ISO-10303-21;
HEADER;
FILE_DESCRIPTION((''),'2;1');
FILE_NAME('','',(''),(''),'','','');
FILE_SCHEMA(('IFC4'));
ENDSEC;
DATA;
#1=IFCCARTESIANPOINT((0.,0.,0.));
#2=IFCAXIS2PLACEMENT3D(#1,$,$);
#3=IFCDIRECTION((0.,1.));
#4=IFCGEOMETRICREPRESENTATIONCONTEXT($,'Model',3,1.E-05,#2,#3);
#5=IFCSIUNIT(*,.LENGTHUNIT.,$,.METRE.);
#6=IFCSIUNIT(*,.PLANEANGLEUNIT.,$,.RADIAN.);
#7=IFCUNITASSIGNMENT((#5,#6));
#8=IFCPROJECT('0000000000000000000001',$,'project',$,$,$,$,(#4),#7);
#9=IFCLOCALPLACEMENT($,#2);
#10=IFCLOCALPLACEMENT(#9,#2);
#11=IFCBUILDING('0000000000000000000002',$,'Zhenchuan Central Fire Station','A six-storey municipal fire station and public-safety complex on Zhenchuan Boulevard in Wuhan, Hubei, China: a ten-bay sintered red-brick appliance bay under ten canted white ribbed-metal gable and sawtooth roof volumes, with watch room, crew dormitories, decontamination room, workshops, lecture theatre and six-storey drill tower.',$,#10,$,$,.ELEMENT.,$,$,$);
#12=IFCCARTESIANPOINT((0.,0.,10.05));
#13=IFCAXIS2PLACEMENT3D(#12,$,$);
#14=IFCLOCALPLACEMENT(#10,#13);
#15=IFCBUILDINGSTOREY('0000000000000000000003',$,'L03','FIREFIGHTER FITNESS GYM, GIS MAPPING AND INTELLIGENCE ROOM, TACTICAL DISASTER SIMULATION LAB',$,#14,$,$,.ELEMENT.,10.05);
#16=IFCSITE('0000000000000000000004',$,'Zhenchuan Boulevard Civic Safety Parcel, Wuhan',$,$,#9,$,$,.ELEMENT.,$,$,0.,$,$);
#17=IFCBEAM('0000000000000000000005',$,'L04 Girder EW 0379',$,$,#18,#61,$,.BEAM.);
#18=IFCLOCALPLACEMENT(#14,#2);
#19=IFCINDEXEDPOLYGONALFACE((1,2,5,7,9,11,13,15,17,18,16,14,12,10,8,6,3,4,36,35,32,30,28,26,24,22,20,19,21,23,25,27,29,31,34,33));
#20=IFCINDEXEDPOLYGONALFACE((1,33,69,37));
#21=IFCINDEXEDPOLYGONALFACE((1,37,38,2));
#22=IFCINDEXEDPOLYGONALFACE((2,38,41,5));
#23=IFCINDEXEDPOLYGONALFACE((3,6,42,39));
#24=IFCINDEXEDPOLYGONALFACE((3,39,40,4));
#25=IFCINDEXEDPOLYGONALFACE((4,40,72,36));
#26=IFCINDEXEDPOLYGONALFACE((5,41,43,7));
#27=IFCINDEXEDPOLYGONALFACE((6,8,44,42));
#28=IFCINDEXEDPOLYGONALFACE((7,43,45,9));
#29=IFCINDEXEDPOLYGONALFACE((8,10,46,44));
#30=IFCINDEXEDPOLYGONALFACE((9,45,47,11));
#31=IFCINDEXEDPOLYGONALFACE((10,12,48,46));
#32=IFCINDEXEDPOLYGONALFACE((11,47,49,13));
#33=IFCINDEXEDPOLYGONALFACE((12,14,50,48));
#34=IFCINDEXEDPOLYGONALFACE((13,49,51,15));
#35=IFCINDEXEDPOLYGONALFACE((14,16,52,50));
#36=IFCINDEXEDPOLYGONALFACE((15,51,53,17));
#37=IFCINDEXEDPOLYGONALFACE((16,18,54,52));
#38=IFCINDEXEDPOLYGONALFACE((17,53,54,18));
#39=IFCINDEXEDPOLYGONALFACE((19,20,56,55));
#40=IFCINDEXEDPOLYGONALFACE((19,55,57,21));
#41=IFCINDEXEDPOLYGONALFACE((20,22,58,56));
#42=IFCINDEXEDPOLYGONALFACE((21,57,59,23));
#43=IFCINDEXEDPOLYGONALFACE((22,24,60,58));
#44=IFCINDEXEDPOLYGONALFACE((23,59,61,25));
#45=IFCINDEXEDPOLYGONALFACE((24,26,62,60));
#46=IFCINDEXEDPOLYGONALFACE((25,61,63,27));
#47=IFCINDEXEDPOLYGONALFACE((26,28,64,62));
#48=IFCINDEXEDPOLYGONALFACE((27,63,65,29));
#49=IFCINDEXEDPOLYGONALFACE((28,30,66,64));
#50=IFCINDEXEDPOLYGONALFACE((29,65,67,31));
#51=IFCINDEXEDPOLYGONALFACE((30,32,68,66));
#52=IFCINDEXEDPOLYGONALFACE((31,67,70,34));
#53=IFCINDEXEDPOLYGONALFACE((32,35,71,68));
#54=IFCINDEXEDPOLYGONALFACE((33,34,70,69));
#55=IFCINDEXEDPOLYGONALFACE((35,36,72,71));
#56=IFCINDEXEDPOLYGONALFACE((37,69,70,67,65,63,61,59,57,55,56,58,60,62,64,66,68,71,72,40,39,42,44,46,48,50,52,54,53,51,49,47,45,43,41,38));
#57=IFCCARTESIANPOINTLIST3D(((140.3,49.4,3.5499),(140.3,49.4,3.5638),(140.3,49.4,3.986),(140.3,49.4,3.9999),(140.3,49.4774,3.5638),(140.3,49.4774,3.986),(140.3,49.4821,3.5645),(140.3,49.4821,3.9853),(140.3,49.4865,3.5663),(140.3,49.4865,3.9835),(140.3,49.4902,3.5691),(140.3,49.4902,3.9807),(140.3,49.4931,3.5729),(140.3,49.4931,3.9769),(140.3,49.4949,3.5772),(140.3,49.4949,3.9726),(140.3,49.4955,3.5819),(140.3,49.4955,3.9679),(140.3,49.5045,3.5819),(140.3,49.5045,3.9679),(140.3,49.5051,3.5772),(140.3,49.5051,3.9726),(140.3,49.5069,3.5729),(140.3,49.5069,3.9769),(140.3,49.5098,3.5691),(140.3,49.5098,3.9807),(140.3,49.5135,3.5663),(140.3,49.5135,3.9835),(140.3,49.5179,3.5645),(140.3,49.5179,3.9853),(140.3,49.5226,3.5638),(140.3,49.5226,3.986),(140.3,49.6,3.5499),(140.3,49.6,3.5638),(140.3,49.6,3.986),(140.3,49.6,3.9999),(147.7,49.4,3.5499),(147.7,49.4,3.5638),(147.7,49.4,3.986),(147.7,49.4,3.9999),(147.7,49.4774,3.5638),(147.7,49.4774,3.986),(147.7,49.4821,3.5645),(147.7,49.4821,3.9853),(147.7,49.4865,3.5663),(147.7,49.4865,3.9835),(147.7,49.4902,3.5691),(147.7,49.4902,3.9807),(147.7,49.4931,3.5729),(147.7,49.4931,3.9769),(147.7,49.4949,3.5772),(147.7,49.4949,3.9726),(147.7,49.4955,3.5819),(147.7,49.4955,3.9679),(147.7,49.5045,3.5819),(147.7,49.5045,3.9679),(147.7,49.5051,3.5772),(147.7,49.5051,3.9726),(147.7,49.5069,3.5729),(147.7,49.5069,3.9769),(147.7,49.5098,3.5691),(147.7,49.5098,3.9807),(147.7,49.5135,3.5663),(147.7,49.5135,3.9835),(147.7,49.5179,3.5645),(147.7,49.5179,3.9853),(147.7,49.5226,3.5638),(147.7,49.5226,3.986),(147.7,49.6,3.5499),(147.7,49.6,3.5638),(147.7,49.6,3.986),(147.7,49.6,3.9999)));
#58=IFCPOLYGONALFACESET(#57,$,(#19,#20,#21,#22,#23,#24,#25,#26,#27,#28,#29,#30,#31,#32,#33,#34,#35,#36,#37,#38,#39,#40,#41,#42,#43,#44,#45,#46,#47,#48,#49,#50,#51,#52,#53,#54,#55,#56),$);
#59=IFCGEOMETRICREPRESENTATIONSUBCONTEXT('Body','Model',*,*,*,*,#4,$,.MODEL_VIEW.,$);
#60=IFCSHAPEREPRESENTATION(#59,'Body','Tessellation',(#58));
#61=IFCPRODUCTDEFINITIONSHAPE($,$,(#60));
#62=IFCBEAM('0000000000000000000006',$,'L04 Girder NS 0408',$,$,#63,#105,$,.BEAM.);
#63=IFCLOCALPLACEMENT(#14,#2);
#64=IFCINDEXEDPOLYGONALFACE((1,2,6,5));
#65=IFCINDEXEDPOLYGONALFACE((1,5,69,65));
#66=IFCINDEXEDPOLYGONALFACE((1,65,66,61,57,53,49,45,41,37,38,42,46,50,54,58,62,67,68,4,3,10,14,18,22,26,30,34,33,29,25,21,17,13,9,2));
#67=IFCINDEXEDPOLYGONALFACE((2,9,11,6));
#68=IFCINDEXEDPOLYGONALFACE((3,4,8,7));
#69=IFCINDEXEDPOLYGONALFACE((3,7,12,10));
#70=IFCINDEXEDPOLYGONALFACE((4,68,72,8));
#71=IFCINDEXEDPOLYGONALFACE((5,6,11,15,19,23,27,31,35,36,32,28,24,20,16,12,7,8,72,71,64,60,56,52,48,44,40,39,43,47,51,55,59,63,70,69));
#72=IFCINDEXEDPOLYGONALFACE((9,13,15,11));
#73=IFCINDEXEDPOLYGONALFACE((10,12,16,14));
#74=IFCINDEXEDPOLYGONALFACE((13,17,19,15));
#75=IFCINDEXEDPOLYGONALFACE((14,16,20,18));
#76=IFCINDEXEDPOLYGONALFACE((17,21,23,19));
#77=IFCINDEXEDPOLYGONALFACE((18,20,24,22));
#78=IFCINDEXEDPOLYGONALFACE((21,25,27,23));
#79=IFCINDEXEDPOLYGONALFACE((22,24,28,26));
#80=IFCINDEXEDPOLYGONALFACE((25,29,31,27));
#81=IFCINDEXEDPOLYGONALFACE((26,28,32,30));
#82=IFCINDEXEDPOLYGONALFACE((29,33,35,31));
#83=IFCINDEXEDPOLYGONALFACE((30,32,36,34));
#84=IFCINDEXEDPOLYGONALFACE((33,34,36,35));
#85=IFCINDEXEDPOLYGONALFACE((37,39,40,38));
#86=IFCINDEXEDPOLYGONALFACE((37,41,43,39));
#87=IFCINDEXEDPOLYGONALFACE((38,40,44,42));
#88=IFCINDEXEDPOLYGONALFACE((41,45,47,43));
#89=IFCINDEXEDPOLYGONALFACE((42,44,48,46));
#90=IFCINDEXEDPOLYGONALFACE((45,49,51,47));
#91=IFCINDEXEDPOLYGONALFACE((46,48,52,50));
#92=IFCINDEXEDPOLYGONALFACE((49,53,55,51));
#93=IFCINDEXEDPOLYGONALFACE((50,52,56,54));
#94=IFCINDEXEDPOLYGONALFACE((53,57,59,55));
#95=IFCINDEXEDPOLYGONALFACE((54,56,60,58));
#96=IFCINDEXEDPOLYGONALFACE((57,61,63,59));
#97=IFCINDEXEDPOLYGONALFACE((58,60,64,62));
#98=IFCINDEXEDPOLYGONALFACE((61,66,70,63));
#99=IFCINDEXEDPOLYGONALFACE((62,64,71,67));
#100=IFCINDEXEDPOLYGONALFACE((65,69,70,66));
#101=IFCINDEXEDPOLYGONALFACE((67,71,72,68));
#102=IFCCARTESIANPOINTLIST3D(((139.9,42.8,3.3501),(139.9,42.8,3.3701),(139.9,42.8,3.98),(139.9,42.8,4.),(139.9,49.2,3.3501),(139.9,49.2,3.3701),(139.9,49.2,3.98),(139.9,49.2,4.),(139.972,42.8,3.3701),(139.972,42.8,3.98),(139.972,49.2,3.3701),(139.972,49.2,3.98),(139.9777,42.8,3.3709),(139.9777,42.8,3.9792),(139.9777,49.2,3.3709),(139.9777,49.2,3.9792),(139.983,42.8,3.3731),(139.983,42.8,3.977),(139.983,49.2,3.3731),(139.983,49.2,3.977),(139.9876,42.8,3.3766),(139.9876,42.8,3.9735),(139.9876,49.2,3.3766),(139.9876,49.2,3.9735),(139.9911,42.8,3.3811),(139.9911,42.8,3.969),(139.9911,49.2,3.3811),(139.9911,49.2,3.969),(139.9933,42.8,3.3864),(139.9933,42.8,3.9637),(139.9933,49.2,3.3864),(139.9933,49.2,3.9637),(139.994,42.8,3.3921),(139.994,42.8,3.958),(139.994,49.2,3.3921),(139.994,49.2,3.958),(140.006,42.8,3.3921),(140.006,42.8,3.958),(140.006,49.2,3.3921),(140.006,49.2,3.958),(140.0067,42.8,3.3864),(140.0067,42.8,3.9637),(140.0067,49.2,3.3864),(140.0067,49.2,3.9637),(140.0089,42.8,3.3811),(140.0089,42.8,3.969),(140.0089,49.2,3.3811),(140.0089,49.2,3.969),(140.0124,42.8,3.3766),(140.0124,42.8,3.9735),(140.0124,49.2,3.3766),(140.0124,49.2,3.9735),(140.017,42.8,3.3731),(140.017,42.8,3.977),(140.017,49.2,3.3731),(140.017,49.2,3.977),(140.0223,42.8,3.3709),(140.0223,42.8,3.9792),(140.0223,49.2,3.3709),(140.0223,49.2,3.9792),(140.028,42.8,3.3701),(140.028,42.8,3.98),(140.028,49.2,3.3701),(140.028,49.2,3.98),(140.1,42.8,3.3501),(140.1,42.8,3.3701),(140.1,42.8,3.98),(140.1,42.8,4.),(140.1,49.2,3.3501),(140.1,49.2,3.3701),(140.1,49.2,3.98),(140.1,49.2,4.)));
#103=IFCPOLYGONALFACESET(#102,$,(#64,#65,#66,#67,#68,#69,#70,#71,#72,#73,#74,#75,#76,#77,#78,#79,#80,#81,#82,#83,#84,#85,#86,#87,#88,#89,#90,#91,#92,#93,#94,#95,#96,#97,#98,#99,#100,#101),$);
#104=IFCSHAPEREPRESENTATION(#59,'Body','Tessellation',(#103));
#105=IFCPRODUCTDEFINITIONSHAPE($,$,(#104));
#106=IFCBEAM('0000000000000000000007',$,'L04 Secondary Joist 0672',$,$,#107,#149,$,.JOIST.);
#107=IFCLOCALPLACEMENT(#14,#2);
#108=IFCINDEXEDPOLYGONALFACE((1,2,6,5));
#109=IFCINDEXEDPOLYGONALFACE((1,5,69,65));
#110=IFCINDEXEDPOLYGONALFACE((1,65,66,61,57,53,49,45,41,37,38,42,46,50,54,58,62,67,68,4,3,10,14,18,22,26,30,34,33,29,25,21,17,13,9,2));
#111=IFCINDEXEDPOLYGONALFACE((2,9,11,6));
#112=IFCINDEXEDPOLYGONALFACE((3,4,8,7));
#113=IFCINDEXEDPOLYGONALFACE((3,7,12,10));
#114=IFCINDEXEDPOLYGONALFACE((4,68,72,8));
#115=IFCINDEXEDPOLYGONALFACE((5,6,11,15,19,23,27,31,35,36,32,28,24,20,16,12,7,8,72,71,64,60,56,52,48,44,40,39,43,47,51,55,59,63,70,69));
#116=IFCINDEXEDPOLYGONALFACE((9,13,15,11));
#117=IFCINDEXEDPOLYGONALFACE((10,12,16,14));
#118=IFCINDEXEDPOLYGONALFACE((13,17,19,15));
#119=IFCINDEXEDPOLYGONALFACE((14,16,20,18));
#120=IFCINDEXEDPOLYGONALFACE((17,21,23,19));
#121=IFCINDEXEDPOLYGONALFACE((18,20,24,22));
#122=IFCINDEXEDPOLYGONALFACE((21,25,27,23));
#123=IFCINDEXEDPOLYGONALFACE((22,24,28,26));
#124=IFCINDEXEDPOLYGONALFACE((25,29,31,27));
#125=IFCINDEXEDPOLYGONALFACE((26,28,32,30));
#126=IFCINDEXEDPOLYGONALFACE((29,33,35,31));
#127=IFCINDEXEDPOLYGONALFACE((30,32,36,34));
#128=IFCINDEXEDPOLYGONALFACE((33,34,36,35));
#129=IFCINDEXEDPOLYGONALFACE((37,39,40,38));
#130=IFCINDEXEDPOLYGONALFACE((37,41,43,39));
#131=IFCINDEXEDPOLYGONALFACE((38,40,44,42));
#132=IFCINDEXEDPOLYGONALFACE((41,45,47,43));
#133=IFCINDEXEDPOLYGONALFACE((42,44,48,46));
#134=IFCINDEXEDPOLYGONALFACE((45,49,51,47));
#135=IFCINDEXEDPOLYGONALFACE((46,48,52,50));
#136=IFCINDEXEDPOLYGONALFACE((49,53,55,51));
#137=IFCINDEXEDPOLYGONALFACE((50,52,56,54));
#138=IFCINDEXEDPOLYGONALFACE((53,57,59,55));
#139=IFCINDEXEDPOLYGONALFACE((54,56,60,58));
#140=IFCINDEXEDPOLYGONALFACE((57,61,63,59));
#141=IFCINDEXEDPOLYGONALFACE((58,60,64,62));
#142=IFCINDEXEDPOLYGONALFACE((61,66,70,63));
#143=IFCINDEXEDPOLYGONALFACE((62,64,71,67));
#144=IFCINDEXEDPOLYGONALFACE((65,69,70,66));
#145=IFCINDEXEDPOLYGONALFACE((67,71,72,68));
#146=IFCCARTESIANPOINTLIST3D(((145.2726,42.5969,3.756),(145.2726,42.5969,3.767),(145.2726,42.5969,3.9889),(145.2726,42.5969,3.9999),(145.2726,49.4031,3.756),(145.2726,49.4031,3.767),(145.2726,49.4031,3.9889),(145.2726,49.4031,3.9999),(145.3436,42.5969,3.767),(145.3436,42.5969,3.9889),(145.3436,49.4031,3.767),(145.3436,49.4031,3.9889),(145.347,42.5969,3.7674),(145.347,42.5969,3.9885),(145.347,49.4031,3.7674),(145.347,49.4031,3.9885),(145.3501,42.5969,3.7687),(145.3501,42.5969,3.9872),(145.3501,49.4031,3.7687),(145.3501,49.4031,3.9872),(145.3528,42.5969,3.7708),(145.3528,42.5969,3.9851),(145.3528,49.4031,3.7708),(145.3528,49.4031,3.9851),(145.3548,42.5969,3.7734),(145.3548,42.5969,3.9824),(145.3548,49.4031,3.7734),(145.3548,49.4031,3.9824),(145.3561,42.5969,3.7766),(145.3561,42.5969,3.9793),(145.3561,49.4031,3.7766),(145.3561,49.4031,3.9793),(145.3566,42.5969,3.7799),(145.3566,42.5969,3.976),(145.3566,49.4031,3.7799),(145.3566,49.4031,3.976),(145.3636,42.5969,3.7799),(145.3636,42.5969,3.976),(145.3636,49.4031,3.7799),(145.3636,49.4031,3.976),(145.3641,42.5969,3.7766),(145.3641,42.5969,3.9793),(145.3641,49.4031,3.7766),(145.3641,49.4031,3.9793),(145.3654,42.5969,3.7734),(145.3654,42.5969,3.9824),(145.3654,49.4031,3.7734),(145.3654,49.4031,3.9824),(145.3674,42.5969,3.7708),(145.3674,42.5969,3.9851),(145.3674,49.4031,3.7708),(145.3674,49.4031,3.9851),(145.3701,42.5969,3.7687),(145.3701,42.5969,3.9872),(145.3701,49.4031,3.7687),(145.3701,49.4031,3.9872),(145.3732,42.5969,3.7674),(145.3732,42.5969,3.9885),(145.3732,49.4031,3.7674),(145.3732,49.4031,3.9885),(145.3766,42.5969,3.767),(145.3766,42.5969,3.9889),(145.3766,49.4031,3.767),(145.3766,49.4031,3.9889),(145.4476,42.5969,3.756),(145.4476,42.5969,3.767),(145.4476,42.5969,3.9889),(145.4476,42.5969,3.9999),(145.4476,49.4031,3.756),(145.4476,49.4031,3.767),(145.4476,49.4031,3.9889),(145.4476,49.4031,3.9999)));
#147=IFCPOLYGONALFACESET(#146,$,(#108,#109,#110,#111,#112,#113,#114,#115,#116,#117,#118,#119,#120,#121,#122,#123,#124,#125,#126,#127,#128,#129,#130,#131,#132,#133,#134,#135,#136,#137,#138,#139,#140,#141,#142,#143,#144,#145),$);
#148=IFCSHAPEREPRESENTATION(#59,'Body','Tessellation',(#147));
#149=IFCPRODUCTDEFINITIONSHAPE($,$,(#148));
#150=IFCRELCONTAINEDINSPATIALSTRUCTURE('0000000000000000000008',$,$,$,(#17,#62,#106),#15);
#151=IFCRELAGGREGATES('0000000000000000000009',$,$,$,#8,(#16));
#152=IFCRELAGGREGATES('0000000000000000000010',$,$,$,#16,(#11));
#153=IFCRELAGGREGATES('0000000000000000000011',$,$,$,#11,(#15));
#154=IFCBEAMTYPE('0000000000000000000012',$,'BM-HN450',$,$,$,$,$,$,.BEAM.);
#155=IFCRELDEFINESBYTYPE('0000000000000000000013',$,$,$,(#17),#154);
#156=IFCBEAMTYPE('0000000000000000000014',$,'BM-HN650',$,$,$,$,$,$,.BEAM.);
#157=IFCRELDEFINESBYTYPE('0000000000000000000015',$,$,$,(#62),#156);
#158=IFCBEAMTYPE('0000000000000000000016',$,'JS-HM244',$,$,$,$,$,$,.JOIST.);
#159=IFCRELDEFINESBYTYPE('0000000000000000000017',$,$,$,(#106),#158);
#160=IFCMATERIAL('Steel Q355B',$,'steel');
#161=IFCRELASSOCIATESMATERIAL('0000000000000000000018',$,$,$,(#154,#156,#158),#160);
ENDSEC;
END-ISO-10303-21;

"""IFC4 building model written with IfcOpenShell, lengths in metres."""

from ifc_helpers import new_model, si_unit, direction, frame, origin, origin_2d, place, context, subcontext, project, spatial, i_section, extrude, material, material_profile, profile_set, type_object, element, save


model = new_model("IFC4")

# Units and contexts
model_context = context("Model", 3, precision=1e-05, world=origin(), true_north=direction((0.0, 1.0)))
body_context = subcontext(model_context, "Body", "Model", "MODEL_VIEW")
ifc_project = project(units=[si_unit("LENGTHUNIT", "METRE"), si_unit("PLANEANGLEUNIT", "RADIAN")], contexts=[model_context])

# Site, building, storey
site_placement = place(None, origin())
site = spatial("IfcSite", under=ifc_project, at=site_placement, Name="Zhenchuan Boulevard Civic Safety Parcel, Wuhan", CompositionType="ELEMENT", RefElevation=0.0)
building_placement = place(site_placement, origin())
building = spatial("IfcBuilding", under=site, at=building_placement, Name="Zhenchuan Central Fire Station", Description="A six-storey municipal fire station and public-safety complex on Zhenchuan Boulevard in Wuhan, Hubei, China: a ten-bay sintered red-brick appliance bay under ten canted white ribbed-metal gable and sawtooth roof volumes, with watch room, crew dormitories, decontamination room, workshops, lecture theatre and six-storey drill tower.", CompositionType="ELEMENT")
storey_placement = place(building_placement, frame((0.0, 0.0, 10.05)))
storey = spatial("IfcBuildingStorey", under=building, at=storey_placement, Name="L03", Description="FIREFIGHTER FITNESS GYM, GIS MAPPING AND INTELLIGENCE ROOM, TACTICAL DISASTER SIMULATION LAB", CompositionType="ELEMENT", Elevation=10.05)

# Beams
ifc_material_1 = material(Name="Steel Q355B", Category="steel")
ifc_material_profile_1 = material_profile(ifc_material_1, i_section(OverallWidth=0.2, OverallDepth=0.45, WebThickness=0.009, FlangeThickness=0.0139, FilletRadius=0.0181, at=origin_2d()), Name="HN 450x200")
ifc_profile_set_1 = profile_set([ifc_material_profile_1], Name="Steel Q355B")
beam_type_1 = type_object("IfcBeamType", Name="BM-HN450", PredefinedType="BEAM", material=ifc_profile_set_1)
beam_1_placement = place(storey_placement, frame((140.3, 49.5, 3.7749), z_axis=(1.0, 0.0, 0.0), x_axis=(0.0, 1.0, 0.0)))
element("IfcBeam", 1, at=beam_1_placement, inside=storey, type_object=beam_type_1, Name="L04 Girder EW 0379", PredefinedType="BEAM", context=body_context, shape_type="SweptSolid", body=[
    extrude(i_section(OverallWidth=0.2, OverallDepth=0.45, WebThickness=0.009, FlangeThickness=0.0139, FilletRadius=0.0181, at=origin_2d()), origin(), (0.0, 0.0, 1.0), 7.3999),
])
ifc_material_profile_2 = material_profile(ifc_material_1, i_section(OverallWidth=0.2, OverallDepth=0.6499, WebThickness=0.012, FlangeThickness=0.02, FilletRadius=0.022, at=origin_2d()), Name="HN 650x200")
ifc_profile_set_2 = profile_set([ifc_material_profile_2], Name="Steel Q355B")
beam_type_2 = type_object("IfcBeamType", Name="BM-HN650", PredefinedType="BEAM", material=ifc_profile_set_2)
beam_2_placement = place(storey_placement, frame((140.0, 42.8, 3.675), z_axis=(0.0, 1.0, 0.0), x_axis=(-1.0, 0.0, 0.0)))
element("IfcBeam", 2, at=beam_2_placement, inside=storey, type_object=beam_type_2, Name="L04 Girder NS 0408", PredefinedType="BEAM", context=body_context, shape_type="SweptSolid", body=[
    extrude(i_section(OverallWidth=0.2, OverallDepth=0.6499, WebThickness=0.012, FlangeThickness=0.02, FilletRadius=0.022, at=origin_2d()), origin(), (0.0, 0.0, 1.0), 6.3999),
])
ifc_material_profile_3 = material_profile(ifc_material_1, i_section(OverallWidth=0.175, OverallDepth=0.2439, WebThickness=0.0071, FlangeThickness=0.011, FilletRadius=0.0129, at=origin_2d()), Name="HM 244x175")
ifc_profile_set_3 = profile_set([ifc_material_profile_3], Name="Steel Q355B")
beam_type_3 = type_object("IfcBeamType", Name="JS-HM244", PredefinedType="JOIST", material=ifc_profile_set_3)
beam_3_placement = place(storey_placement, frame((145.3601, 42.5969, 3.8779), z_axis=(0.0, 1.0, 0.0), x_axis=(-1.0, 0.0, 0.0)))
element("IfcBeam", 3, at=beam_3_placement, inside=storey, type_object=beam_type_3, Name="L04 Secondary Joist 0672", PredefinedType="JOIST", context=body_context, shape_type="SweptSolid", body=[
    extrude(i_section(OverallWidth=0.175, OverallDepth=0.2439, WebThickness=0.0071, FlangeThickness=0.011, FilletRadius=0.0129, at=origin_2d()), origin(), (0.0, 0.0, 1.0), 6.8062),
])

save(model, "model.ifc")
